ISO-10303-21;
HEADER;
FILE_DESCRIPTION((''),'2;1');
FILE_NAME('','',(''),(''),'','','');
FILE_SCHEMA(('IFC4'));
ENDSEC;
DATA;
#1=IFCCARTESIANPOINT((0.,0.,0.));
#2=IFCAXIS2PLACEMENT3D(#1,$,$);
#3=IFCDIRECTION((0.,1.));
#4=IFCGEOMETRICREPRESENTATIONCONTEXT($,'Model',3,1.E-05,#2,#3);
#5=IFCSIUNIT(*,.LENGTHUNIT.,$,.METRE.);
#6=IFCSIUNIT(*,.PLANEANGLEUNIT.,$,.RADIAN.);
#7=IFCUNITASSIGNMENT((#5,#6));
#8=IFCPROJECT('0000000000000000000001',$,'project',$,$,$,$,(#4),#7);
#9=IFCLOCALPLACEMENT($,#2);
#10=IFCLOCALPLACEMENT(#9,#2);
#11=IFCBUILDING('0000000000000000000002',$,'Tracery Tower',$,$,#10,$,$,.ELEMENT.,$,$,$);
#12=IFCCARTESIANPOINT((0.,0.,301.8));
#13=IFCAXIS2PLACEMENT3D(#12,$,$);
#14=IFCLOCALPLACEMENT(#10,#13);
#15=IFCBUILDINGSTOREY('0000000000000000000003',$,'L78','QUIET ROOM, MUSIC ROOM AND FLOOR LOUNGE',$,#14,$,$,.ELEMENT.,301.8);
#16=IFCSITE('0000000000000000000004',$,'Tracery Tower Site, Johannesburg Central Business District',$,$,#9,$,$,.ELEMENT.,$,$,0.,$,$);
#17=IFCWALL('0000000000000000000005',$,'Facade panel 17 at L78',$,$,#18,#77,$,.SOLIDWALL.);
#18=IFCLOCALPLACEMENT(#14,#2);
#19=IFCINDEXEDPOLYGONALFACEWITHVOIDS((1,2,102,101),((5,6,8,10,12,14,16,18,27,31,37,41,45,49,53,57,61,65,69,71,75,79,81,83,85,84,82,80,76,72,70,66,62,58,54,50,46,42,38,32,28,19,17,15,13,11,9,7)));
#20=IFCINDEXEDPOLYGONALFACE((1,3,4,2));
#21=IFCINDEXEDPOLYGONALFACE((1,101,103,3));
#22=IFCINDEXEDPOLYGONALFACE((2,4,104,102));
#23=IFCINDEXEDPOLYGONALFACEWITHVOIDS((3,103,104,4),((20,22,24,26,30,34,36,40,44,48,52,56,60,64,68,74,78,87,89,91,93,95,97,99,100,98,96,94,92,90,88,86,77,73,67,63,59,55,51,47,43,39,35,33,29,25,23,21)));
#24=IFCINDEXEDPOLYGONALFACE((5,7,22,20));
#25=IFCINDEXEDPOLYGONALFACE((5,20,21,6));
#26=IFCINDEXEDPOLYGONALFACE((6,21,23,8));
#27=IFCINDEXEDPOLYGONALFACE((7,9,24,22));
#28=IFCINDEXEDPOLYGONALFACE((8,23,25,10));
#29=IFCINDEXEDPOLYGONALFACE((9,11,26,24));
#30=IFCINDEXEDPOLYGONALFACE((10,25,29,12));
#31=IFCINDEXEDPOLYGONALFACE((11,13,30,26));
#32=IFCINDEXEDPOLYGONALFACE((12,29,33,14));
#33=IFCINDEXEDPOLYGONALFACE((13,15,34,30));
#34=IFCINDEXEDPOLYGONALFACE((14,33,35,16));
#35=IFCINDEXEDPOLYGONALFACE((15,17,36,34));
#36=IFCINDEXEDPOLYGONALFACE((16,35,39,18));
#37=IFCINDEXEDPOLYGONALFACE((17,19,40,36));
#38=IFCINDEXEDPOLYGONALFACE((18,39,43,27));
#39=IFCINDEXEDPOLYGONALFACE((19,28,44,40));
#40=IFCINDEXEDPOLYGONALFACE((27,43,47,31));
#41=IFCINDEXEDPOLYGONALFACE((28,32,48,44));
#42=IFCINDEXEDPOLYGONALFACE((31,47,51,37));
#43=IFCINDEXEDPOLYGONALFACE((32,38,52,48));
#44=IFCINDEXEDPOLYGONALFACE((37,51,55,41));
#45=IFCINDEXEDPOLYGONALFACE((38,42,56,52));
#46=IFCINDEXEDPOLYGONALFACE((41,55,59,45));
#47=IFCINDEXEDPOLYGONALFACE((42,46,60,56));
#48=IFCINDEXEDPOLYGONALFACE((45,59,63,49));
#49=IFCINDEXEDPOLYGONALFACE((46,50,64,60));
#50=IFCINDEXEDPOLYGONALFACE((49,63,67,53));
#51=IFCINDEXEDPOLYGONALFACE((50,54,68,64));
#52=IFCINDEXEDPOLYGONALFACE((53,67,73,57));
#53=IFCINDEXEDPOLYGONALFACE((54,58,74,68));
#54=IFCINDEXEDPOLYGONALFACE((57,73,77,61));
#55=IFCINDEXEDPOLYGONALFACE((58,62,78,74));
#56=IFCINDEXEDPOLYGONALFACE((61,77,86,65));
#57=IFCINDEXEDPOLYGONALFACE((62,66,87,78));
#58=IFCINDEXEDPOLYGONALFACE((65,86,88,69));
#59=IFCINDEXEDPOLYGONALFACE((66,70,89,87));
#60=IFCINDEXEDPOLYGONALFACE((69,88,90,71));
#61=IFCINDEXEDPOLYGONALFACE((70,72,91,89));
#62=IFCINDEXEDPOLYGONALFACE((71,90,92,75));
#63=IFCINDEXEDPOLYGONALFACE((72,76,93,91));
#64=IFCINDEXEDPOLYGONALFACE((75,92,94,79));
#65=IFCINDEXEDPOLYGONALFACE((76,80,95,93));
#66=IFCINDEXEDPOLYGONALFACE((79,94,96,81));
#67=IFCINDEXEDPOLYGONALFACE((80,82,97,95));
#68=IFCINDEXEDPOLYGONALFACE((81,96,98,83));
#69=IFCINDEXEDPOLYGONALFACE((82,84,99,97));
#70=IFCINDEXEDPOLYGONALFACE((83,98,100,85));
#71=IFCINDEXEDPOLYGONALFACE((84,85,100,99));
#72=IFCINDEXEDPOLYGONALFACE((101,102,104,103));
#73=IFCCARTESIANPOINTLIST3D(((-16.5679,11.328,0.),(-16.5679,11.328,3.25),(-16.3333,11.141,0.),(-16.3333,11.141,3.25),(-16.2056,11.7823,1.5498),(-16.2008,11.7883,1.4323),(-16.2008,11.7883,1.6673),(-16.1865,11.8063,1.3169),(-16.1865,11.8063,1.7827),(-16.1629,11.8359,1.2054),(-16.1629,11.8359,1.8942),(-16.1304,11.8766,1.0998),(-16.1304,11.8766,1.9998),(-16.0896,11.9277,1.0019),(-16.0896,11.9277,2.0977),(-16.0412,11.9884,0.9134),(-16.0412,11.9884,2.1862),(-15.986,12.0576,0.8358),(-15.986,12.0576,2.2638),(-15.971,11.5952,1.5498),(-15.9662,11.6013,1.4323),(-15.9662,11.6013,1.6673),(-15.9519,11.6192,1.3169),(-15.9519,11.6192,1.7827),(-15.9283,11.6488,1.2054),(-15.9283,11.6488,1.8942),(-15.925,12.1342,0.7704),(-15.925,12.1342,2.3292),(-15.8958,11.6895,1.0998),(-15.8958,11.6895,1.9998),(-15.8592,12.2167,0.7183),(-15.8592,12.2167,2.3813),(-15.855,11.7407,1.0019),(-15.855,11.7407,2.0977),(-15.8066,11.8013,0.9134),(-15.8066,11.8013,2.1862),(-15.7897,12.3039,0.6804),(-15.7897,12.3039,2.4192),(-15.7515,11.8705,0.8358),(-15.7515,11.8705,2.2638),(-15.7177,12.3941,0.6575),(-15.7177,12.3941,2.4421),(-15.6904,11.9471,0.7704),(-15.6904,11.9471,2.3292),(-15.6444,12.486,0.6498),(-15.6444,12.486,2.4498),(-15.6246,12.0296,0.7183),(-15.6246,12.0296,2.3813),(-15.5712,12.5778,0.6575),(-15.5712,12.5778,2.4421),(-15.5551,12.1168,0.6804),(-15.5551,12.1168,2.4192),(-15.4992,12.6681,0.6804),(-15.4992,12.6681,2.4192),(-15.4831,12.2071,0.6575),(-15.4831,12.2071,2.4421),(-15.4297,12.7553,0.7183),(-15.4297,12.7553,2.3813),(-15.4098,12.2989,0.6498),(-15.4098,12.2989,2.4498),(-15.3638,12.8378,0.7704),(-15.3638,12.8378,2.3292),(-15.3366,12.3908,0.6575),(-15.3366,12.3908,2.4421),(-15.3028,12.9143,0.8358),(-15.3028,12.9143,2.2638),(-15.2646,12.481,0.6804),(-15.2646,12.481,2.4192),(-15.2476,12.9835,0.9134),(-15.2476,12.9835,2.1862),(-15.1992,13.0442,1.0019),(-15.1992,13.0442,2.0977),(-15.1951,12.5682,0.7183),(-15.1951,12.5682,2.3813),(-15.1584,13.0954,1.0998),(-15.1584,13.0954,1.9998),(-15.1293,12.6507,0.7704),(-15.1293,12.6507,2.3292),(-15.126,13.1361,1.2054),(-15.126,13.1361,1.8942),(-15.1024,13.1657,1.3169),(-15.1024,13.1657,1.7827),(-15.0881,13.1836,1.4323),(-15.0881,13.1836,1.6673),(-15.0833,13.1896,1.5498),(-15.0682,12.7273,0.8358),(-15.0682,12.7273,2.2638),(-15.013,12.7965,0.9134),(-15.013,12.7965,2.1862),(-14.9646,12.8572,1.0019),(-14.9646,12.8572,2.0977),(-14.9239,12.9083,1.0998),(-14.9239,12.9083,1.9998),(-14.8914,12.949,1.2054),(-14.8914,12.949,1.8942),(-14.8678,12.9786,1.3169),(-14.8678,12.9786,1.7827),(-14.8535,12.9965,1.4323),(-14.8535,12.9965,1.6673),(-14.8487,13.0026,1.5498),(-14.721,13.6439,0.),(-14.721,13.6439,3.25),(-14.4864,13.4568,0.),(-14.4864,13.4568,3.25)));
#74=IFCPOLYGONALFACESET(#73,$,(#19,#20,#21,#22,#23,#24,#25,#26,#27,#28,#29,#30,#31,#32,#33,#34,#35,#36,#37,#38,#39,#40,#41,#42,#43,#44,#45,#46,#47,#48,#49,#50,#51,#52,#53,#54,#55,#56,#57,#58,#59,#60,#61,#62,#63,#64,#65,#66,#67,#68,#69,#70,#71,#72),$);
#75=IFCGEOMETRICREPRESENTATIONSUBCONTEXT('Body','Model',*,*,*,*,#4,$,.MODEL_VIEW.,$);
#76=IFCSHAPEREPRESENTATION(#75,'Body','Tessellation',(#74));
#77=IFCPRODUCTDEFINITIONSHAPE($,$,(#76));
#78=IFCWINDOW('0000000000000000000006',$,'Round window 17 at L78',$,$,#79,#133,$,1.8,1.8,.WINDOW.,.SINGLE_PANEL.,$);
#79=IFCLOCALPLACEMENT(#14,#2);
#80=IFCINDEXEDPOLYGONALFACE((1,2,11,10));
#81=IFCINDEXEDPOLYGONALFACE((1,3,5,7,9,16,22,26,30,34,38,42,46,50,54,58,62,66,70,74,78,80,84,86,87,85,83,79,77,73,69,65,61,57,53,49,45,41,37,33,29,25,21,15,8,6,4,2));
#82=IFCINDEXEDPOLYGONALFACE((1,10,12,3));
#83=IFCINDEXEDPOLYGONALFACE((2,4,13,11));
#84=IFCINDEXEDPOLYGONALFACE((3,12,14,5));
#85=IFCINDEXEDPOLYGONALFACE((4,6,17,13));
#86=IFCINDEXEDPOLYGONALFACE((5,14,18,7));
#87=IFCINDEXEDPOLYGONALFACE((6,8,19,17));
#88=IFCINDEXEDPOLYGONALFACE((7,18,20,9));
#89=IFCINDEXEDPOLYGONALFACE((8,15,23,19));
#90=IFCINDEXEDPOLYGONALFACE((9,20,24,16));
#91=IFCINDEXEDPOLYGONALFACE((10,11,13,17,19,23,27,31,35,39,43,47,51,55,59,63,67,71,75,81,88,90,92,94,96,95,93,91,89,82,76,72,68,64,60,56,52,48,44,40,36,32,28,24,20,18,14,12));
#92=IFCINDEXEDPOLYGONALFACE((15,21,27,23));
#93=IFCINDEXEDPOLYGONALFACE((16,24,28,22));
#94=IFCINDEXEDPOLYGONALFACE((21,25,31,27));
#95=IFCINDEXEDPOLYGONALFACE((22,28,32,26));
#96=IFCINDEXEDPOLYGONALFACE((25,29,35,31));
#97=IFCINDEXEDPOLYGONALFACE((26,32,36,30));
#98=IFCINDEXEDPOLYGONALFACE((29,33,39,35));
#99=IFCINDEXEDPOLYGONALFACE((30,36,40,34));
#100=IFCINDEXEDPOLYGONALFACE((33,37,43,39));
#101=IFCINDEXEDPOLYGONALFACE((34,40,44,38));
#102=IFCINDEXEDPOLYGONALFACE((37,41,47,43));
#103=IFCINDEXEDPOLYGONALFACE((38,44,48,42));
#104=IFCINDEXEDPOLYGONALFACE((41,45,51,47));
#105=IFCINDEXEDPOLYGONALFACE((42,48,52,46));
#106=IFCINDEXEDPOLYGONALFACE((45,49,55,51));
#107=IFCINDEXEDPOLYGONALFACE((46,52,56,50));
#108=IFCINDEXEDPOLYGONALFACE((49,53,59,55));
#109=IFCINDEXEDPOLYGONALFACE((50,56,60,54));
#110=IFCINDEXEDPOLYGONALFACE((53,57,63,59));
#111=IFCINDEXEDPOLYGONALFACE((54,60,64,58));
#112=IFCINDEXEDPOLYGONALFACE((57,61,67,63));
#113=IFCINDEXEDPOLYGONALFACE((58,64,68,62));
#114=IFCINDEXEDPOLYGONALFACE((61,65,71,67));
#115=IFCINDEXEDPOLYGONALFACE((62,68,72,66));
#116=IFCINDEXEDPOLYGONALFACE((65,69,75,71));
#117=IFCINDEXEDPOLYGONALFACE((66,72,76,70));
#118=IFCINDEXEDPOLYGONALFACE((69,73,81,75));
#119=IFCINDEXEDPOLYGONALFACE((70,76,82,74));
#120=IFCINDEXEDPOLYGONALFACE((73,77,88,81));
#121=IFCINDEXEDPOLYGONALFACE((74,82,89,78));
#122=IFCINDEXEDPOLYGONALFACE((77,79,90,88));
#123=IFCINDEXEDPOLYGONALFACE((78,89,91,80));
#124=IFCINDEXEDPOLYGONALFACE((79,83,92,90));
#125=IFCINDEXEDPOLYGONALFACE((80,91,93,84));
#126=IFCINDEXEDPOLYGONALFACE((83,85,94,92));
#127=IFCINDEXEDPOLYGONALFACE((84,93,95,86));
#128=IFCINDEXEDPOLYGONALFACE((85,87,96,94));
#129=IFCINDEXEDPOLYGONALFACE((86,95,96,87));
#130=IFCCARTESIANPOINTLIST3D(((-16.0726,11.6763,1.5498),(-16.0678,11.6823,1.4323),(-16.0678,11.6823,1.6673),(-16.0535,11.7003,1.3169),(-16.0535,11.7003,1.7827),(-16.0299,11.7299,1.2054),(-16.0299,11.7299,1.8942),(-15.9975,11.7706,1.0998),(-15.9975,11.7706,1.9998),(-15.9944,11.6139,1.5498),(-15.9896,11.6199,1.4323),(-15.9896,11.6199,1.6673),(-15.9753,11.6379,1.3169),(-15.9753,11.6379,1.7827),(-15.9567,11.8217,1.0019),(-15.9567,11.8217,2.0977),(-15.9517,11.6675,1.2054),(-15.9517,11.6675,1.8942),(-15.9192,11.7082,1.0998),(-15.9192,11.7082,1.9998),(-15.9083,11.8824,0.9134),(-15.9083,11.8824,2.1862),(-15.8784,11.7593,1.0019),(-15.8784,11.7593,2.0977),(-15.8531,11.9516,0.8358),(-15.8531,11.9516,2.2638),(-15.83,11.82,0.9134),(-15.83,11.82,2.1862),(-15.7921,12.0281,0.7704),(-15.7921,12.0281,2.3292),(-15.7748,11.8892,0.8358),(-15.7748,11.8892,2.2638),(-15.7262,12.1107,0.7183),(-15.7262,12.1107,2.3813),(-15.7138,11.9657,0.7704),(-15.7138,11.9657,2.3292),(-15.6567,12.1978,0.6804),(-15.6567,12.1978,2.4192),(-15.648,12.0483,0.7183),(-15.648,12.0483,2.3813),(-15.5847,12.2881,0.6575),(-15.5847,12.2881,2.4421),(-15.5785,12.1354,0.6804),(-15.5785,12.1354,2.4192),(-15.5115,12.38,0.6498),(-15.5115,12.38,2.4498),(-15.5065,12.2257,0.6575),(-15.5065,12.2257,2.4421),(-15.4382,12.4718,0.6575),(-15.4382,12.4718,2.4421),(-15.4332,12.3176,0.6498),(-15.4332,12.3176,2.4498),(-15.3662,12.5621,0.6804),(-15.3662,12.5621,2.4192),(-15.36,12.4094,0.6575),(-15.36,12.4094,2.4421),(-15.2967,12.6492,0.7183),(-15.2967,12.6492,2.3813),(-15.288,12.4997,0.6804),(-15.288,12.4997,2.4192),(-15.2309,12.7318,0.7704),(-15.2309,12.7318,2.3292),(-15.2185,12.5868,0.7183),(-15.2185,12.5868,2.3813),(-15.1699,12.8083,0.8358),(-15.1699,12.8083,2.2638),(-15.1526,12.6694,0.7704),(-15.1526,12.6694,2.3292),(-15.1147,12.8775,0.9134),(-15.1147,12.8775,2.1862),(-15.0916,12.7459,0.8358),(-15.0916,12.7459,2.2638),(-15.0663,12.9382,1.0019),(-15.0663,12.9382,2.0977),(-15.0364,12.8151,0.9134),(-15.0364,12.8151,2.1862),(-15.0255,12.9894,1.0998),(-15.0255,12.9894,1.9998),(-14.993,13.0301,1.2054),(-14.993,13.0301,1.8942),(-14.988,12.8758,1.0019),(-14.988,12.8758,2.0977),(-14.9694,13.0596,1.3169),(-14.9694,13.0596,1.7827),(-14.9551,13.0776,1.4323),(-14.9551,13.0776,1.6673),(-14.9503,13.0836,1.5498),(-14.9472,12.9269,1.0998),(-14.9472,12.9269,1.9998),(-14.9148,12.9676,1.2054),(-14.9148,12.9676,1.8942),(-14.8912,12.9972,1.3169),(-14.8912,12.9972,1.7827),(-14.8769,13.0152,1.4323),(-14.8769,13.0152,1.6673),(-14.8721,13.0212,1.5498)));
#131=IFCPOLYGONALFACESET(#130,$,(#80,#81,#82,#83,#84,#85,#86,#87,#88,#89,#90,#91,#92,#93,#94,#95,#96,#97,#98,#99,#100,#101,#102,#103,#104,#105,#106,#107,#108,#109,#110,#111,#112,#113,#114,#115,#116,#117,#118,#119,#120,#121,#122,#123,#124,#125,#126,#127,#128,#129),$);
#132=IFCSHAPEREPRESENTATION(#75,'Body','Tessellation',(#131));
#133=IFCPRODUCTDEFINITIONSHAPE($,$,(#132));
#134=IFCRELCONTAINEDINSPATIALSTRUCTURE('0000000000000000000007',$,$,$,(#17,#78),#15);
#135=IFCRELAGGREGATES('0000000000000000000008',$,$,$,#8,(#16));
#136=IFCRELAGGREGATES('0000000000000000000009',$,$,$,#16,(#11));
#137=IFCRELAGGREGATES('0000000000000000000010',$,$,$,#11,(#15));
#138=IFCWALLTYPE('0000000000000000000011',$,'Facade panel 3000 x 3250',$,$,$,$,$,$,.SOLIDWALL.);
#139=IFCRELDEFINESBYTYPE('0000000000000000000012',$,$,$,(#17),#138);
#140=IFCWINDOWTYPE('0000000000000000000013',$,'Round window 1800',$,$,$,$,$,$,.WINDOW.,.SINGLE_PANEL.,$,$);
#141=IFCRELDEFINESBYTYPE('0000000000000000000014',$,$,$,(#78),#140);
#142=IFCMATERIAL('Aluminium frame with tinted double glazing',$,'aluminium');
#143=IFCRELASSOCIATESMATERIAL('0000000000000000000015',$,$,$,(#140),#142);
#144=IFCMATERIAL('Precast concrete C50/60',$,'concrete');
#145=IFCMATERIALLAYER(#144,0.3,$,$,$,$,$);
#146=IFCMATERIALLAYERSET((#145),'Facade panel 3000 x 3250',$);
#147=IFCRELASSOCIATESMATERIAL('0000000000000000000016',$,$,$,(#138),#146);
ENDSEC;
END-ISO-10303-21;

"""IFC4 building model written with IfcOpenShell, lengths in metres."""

from ifc_helpers import new_model, si_unit, direction, frame, frame_2d, origin, origin_2d, place, context, subcontext, project, spatial, rectangle, circle, extrude, material, layer, layer_set, type_object, element, fill, save


model = new_model("IFC4")

# Units and contexts
model_context = context("Model", 3, precision=1e-05, world=origin(), true_north=direction((0.0, 1.0)))
body_context = subcontext(model_context, "Body", "Model", "MODEL_VIEW")
ifc_project = project(units=[si_unit("LENGTHUNIT", "METRE"), si_unit("PLANEANGLEUNIT", "RADIAN")], contexts=[model_context])

# Site, building, storey
site_placement = place(None, origin())
site = spatial("IfcSite", under=ifc_project, at=site_placement, Name="Tracery Tower Site, Johannesburg Central Business District", CompositionType="ELEMENT", RefElevation=0.0)
building_placement = place(site_placement, origin())
building = spatial("IfcBuilding", under=site, at=building_placement, Name="Tracery Tower", CompositionType="ELEMENT")
storey_placement = place(building_placement, frame((0.0, 0.0, 301.8)))
storey = spatial("IfcBuildingStorey", under=building, at=storey_placement, Name="L78", Description="QUIET ROOM, MUSIC ROOM AND FLOOR LOUNGE", CompositionType="ELEMENT", Elevation=301.8)

# Wall, opening, window
ifc_material_1 = material(Name="Aluminium frame with tinted double glazing", Category="aluminium")
window_type = type_object("IfcWindowType", Name="Round window 1800", PartitioningType="SINGLE_PANEL", PredefinedType="WINDOW", material=ifc_material_1)
ifc_material_2 = material(Name="Precast concrete C50/60", Category="concrete")
ifc_layer_1 = layer(ifc_material_2, 0.3)
ifc_layer_set_1 = layer_set([ifc_layer_1], Name="Facade panel 3000 x 3250")
wall_type_1 = type_object("IfcWallType", Name="Facade panel 3000 x 3250", PredefinedType="SOLIDWALL", material=ifc_layer_set_1)
wall_1_placement = place(storey_placement, frame((-14.6038, 13.5503, 0.0), z_axis=(0.0, 0.0, 1.0), x_axis=(-0.623498, -0.781825, 0.0)))
wall_1 = element("IfcWall", 1, at=wall_1_placement, inside=storey, type_object=wall_type_1, Name="Facade panel 17 at L78", PredefinedType="SOLIDWALL", context=body_context, shape_type="SweptSolid", body=[
    extrude(rectangle(XDim=2.9622, YDim=0.3, at=frame_2d((1.481, 0.0))), origin(), (0.0, 0.0, 1.0), 3.25),
])
opening_1_placement = place(wall_1_placement, frame((1.481, 0.0, 1.5498)))
opening_1 = element("IfcOpeningElement", 2, at=opening_1_placement, cuts=wall_1, PredefinedType="OPENING", context=body_context, shape_type="SweptSolid", body=[
    extrude(circle(Radius=0.9, at=origin_2d()), frame((0.0, 0.1599, 0.0), z_axis=(0.0, -1.0, 0.0), x_axis=(1.0, 0.0, 0.0)), (0.0, 0.0, 1.0), 0.3201),
])
window_1_placement = place(opening_1_placement, origin())
window_1 = element("IfcWindow", 3, at=window_1_placement, inside=storey, type_object=window_type, Name="Round window 17 at L78", OverallHeight=1.8, OverallWidth=1.8, PartitioningType="SINGLE_PANEL", PredefinedType="WINDOW", context=body_context, shape_type="SweptSolid", body=[
    extrude(circle(Radius=0.9, at=origin_2d()), frame((0.0, 0.1201, 0.0), z_axis=(0.0, -1.0, 0.0), x_axis=(1.0, 0.0, 0.0)), (0.0, 0.0, 1.0), 0.1001),
])
fill(opening_1, window_1)

save(model, "model.ifc")
